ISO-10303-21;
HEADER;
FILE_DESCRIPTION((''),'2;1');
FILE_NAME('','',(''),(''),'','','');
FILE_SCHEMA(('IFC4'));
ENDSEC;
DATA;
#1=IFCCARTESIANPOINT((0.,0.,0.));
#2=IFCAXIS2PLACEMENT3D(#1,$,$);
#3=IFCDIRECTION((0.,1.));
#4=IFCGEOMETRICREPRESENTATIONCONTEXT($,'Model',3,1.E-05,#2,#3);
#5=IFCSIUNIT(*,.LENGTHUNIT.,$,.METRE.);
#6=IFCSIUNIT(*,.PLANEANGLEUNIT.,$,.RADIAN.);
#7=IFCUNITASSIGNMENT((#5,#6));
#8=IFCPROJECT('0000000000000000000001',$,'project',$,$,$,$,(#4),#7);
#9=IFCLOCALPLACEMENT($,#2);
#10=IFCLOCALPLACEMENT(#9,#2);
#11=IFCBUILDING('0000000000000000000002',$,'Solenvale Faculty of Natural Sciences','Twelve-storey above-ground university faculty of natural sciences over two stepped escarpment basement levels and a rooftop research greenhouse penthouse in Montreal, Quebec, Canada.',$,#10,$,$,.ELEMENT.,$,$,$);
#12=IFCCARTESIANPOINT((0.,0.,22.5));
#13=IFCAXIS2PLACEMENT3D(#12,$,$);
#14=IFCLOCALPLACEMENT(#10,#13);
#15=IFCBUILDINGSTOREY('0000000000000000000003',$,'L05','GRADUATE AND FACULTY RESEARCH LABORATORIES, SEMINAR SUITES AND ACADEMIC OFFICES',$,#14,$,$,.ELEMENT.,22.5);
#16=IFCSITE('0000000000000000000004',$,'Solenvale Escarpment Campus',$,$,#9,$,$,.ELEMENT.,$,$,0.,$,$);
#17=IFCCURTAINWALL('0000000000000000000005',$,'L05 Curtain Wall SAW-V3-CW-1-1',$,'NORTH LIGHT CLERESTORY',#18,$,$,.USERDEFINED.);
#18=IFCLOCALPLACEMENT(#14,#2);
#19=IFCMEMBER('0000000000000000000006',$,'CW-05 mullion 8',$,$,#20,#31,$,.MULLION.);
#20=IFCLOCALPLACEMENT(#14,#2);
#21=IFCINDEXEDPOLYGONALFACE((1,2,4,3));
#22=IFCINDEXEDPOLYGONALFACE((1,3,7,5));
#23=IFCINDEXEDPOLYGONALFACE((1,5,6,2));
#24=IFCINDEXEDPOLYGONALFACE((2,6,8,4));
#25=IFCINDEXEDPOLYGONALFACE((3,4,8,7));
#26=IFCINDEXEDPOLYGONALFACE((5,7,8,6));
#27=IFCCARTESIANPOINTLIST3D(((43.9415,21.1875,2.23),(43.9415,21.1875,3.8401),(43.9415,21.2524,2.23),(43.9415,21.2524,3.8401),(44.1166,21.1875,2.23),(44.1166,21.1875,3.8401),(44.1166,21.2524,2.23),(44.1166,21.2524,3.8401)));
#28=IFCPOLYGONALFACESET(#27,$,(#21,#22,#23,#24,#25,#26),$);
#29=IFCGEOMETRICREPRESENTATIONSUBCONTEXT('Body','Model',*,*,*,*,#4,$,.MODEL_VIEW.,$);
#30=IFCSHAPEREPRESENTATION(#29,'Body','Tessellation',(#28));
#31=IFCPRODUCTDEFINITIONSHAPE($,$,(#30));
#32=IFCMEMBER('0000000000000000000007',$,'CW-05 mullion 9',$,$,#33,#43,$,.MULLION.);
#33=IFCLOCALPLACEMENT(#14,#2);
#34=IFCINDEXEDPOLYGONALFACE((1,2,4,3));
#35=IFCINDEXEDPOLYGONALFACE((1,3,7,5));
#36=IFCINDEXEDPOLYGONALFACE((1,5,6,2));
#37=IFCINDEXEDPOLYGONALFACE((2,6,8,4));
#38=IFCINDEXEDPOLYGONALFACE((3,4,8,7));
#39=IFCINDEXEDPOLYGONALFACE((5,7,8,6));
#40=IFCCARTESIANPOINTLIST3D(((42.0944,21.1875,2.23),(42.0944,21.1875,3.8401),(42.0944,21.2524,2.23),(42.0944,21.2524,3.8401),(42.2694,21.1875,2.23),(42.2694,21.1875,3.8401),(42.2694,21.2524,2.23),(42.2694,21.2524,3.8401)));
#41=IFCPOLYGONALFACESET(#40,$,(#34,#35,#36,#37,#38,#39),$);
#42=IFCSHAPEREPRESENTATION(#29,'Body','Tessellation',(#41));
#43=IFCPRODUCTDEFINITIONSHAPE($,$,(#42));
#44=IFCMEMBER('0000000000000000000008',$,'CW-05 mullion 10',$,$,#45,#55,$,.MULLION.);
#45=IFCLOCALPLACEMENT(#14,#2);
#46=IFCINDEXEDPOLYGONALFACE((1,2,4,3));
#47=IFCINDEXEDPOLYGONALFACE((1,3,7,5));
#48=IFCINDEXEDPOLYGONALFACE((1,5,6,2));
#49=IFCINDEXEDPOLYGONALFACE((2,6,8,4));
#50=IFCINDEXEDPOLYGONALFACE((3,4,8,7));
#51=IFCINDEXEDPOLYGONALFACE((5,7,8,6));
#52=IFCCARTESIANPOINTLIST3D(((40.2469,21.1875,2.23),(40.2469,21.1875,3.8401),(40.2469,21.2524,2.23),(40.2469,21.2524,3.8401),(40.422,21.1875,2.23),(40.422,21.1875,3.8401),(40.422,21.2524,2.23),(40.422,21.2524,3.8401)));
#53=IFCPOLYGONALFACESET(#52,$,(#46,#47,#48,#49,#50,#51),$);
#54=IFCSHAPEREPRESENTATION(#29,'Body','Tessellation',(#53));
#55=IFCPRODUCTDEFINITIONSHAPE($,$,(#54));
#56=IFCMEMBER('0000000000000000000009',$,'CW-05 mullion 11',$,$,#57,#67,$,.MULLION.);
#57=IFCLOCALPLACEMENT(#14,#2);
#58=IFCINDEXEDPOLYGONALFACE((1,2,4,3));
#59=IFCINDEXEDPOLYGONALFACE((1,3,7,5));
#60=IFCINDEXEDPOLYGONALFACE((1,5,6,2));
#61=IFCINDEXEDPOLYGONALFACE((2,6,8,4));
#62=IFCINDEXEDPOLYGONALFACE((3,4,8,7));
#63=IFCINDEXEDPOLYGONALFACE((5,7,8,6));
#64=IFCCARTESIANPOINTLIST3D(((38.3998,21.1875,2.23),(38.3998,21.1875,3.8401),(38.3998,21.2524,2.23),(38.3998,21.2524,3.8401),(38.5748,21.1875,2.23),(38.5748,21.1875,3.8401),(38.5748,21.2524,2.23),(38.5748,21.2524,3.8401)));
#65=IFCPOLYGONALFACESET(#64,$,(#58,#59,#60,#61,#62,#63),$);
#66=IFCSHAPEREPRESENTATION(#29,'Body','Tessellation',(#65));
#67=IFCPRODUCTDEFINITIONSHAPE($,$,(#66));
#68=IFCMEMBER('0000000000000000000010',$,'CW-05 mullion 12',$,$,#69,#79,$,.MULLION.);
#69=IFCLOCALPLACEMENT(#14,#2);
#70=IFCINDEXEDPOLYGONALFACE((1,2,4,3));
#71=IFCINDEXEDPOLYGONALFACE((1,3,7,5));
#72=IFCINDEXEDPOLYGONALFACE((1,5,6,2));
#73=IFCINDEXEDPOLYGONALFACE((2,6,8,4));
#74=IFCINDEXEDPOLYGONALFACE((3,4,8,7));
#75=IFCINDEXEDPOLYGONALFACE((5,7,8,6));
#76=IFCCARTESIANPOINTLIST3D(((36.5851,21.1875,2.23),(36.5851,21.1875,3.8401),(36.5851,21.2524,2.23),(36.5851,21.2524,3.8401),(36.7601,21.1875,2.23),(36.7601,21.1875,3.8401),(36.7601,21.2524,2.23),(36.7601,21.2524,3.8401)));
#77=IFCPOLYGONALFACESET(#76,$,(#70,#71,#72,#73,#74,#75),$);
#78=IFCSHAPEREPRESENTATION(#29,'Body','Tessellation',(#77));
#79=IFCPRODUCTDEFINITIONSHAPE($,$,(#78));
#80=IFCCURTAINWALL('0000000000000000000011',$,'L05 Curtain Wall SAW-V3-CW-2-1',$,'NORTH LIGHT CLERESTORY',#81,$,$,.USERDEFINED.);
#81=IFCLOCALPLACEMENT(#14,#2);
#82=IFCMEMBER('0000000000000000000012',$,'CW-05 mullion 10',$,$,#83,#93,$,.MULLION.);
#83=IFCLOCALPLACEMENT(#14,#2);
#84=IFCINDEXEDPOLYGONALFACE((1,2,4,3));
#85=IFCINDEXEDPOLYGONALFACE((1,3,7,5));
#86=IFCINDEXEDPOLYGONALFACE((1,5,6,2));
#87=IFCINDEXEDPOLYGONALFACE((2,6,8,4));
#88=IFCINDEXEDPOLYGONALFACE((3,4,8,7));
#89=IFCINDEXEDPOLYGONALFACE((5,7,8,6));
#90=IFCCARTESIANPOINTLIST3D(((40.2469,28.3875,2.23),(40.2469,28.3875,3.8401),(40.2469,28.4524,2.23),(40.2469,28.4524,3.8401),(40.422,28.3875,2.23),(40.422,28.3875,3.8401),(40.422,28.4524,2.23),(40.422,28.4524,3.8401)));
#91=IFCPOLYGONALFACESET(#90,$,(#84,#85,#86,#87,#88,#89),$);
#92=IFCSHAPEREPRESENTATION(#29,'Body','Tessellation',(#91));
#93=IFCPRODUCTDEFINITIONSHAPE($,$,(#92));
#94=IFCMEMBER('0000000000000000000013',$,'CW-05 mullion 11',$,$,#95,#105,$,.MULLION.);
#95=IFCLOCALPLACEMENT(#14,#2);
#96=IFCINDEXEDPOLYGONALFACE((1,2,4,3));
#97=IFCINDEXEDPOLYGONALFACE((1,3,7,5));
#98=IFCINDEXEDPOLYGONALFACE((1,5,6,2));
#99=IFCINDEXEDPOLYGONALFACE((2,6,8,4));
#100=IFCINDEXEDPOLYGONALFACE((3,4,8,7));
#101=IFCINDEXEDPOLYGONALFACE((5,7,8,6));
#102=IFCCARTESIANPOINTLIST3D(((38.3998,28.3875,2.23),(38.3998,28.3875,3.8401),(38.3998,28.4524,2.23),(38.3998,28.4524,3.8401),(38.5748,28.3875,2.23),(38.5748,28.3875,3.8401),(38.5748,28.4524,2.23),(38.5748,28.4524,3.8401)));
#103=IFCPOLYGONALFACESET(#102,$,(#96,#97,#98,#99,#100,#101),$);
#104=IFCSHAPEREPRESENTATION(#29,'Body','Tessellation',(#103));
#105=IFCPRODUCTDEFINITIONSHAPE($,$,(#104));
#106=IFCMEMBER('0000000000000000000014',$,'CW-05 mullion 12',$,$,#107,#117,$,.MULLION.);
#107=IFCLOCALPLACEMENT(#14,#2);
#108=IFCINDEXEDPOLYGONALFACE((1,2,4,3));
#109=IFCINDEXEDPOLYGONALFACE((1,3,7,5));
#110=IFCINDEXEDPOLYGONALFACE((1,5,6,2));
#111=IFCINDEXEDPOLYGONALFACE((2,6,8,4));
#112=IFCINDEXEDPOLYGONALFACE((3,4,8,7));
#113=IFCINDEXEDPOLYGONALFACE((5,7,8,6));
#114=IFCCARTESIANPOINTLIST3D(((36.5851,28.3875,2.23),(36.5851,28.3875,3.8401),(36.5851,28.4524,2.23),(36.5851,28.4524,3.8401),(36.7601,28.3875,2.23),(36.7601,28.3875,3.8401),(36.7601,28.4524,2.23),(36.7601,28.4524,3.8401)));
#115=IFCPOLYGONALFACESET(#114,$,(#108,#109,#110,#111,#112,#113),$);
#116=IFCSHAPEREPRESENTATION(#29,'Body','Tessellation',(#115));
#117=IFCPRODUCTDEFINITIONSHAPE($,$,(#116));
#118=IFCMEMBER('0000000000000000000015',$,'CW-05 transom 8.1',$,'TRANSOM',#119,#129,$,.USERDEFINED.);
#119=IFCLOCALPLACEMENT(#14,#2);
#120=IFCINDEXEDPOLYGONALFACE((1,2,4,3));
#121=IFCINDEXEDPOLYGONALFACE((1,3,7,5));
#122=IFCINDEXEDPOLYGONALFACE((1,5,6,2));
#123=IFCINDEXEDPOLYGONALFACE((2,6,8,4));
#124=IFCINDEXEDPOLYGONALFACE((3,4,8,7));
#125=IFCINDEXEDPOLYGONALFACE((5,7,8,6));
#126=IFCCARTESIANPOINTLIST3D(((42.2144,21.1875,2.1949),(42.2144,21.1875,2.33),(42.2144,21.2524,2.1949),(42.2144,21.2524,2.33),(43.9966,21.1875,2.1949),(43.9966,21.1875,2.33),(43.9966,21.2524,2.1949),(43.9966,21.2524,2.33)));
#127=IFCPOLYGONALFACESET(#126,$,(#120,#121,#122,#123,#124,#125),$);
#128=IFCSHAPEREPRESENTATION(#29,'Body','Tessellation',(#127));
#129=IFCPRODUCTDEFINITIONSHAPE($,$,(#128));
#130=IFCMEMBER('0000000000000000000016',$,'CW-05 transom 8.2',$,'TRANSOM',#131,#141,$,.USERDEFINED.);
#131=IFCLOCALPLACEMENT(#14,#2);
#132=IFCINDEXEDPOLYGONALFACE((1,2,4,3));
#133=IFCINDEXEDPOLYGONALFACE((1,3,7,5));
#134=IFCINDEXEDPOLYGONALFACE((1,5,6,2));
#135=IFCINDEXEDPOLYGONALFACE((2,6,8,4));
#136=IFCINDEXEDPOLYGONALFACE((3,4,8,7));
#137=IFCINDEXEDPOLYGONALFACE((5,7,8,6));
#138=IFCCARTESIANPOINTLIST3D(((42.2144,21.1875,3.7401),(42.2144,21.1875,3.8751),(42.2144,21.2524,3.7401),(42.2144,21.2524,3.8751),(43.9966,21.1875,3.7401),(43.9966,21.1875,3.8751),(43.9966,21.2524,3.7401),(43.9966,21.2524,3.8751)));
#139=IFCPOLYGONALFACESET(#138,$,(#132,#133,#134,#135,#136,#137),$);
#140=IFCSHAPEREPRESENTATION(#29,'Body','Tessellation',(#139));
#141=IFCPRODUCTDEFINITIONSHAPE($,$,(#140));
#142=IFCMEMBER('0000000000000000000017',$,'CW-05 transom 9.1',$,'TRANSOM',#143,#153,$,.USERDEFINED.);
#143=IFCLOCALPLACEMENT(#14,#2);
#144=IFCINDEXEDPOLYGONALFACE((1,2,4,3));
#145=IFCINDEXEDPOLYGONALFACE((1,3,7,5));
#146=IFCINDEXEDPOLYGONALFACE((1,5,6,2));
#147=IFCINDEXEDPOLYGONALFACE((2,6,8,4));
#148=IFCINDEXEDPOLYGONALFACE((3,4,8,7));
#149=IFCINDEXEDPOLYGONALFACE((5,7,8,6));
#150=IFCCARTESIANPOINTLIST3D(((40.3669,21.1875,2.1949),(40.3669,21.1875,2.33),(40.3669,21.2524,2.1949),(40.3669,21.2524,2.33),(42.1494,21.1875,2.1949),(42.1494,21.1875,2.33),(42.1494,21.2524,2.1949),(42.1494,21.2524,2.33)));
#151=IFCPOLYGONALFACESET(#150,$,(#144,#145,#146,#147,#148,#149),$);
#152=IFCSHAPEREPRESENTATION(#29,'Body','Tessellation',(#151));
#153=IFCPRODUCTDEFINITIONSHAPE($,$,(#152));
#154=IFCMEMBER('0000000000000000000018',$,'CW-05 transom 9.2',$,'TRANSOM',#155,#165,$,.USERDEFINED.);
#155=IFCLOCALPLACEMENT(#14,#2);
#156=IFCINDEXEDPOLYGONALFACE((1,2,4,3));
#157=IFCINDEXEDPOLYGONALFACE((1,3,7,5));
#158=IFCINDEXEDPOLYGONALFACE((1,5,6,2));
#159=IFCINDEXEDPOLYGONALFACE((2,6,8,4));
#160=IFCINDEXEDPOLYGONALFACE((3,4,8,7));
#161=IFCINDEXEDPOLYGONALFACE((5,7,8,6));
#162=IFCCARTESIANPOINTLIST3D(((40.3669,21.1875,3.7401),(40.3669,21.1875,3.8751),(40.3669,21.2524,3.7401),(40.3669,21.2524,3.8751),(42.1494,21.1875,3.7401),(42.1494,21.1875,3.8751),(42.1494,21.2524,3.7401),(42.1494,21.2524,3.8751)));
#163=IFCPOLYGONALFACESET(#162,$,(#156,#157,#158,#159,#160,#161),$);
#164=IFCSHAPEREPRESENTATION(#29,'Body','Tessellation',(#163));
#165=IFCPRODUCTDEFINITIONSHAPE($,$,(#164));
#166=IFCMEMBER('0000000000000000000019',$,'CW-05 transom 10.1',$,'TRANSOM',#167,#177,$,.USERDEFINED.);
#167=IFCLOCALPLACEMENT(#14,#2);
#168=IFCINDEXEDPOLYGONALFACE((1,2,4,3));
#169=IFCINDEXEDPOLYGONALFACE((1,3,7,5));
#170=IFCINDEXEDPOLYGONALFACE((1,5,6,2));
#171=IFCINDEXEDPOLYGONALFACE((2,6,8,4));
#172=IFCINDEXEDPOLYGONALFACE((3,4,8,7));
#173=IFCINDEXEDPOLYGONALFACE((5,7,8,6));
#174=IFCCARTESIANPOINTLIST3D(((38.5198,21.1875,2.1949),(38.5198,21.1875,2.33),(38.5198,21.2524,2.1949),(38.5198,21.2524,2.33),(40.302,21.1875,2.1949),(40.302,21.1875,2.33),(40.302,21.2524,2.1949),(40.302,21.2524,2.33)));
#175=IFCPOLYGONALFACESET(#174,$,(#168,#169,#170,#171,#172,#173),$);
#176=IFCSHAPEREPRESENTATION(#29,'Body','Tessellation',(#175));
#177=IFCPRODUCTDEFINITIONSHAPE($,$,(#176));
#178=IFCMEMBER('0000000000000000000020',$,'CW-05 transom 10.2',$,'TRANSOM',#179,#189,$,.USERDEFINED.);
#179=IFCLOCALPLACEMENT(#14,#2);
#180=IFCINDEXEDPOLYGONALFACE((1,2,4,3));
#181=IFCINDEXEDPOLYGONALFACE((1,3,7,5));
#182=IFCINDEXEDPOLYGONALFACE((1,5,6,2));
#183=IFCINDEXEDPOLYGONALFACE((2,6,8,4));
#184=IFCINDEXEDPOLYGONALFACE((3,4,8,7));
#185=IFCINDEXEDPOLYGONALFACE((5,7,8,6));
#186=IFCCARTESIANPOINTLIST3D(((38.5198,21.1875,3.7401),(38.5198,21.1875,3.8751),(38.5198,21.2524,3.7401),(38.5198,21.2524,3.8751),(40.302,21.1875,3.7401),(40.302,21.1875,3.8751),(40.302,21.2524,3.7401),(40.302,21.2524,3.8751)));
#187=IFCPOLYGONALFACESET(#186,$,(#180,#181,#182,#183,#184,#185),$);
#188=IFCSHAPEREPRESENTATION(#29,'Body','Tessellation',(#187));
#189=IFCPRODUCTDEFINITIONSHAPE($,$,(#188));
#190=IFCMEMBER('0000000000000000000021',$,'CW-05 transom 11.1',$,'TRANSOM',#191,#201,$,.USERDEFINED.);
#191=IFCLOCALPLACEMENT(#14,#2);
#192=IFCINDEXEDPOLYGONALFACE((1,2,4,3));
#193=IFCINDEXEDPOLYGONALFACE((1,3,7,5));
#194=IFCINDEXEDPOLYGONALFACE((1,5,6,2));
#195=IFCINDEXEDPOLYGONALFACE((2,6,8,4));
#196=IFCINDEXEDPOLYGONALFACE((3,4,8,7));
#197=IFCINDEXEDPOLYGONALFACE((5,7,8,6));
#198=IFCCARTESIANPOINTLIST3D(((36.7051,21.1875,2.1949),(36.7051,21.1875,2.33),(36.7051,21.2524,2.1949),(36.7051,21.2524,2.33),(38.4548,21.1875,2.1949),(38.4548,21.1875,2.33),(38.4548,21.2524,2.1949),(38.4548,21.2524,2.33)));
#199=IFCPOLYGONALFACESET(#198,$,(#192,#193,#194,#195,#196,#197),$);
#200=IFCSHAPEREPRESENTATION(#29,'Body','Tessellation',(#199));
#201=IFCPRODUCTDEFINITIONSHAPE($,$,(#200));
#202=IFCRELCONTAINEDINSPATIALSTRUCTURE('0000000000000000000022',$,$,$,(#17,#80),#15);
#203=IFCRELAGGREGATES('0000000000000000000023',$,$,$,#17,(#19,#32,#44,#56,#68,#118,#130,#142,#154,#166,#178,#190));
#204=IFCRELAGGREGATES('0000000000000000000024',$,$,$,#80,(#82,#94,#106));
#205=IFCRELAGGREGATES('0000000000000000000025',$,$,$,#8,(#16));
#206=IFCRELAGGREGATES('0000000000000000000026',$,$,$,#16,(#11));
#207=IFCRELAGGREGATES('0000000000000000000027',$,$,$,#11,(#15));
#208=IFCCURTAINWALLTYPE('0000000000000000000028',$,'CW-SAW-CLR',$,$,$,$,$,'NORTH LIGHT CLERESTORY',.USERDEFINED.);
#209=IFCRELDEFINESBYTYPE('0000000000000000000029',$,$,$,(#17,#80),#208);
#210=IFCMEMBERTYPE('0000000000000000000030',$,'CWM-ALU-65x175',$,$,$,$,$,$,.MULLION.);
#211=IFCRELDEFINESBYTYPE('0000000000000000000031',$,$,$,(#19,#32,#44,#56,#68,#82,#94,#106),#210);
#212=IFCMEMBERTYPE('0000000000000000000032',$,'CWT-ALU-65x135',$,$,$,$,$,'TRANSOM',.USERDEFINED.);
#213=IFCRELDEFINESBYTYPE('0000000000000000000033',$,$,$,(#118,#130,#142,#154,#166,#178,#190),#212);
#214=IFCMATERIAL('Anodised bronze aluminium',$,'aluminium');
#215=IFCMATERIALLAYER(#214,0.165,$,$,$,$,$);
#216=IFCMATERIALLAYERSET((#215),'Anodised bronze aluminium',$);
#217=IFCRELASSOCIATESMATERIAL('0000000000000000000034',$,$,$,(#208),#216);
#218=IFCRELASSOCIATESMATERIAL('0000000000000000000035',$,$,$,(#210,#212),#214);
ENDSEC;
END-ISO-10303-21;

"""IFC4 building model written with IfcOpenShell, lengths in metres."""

from ifc_helpers import new_model, si_unit, direction, frame, origin, origin_2d, place, context, subcontext, project, spatial, rectangle, extrude, material, layer, layer_set, material_profile, profile_set, type_object, element, aggregate, save


model = new_model("IFC4")

# Units and contexts
model_context = context("Model", 3, precision=1e-05, world=origin(), true_north=direction((0.0, 1.0)))
body_context = subcontext(model_context, "Body", "Model", "MODEL_VIEW")
ifc_project = project(units=[si_unit("LENGTHUNIT", "METRE"), si_unit("PLANEANGLEUNIT", "RADIAN")], contexts=[model_context])

# Site, building, storey
site_placement = place(None, origin())
site = spatial("IfcSite", under=ifc_project, at=site_placement, Name="Solenvale Escarpment Campus", CompositionType="ELEMENT", RefElevation=0.0)
building_placement = place(site_placement, origin())
building = spatial("IfcBuilding", under=site, at=building_placement, Name="Solenvale Faculty of Natural Sciences", Description="Twelve-storey above-ground university faculty of natural sciences over two stepped escarpment basement levels and a rooftop research greenhouse penthouse in Montreal, Quebec, Canada.", CompositionType="ELEMENT")
storey_placement = place(building_placement, frame((0.0, 0.0, 22.5)))
storey = spatial("IfcBuildingStorey", under=building, at=storey_placement, Name="L05", Description="GRADUATE AND FACULTY RESEARCH LABORATORIES, SEMINAR SUITES AND ACADEMIC OFFICES", CompositionType="ELEMENT", Elevation=22.5)

# Curtain walls, members
ifc_material_1 = material(Name="Anodised bronze aluminium", Category="aluminium")
ifc_layer_1 = layer(ifc_material_1, 0.165)
ifc_layer_set_1 = layer_set([ifc_layer_1], Name="Anodised bronze aluminium")
curtain_wall_type = type_object("IfcCurtainWallType", Name="CW-SAW-CLR", ElementType="NORTH LIGHT CLERESTORY", PredefinedType="USERDEFINED", material=ifc_layer_set_1)
curtain_wall_1_placement = place(storey_placement, origin())
curtain_wall_1 = element("IfcCurtainWall", 1, at=curtain_wall_1_placement, inside=storey, type_object=curtain_wall_type, Name="L05 Curtain Wall SAW-V3-CW-1-1", ObjectType="NORTH LIGHT CLERESTORY", PredefinedType="USERDEFINED")
ifc_material_profile_1 = material_profile(ifc_material_1, rectangle(XDim=0.0649, YDim=0.175, at=origin_2d()), Name="ALU-MUL-65x175")
ifc_profile_set_1 = profile_set([ifc_material_profile_1], Name="Anodised bronze aluminium")
member_type_1 = type_object("IfcMemberType", Name="CWM-ALU-65x175", PredefinedType="MULLION", material=ifc_profile_set_1)
member_1_placement = place(storey_placement, frame((44.0291, 21.22, 2.23), z_axis=(0.0, 0.0, 1.0), x_axis=(0.0, -1.0, 0.0)))
member_1 = element("IfcMember", 2, at=member_1_placement, type_object=member_type_1, Name="CW-05 mullion 8", PredefinedType="MULLION", context=body_context, shape_type="SweptSolid", body=[
    extrude(rectangle(XDim=0.0649, YDim=0.175, at=origin_2d()), origin(), (0.0, 0.0, 1.0), 1.6101),
])
member_2_placement = place(storey_placement, frame((42.1819, 21.22, 2.23), z_axis=(0.0, 0.0, 1.0), x_axis=(0.0, -1.0, 0.0)))
member_2 = element("IfcMember", 3, at=member_2_placement, type_object=member_type_1, Name="CW-05 mullion 9", PredefinedType="MULLION", context=body_context, shape_type="SweptSolid", body=[
    extrude(rectangle(XDim=0.0649, YDim=0.175, at=origin_2d()), origin(), (0.0, 0.0, 1.0), 1.6101),
])
member_3_placement = place(storey_placement, frame((40.3345, 21.22, 2.23), z_axis=(0.0, 0.0, 1.0), x_axis=(0.0, -1.0, 0.0)))
member_3 = element("IfcMember", 4, at=member_3_placement, type_object=member_type_1, Name="CW-05 mullion 10", PredefinedType="MULLION", context=body_context, shape_type="SweptSolid", body=[
    extrude(rectangle(XDim=0.0649, YDim=0.175, at=origin_2d()), origin(), (0.0, 0.0, 1.0), 1.6101),
])
member_4_placement = place(storey_placement, frame((38.4873, 21.22, 2.23), z_axis=(0.0, 0.0, 1.0), x_axis=(0.0, -1.0, 0.0)))
member_4 = element("IfcMember", 5, at=member_4_placement, type_object=member_type_1, Name="CW-05 mullion 11", PredefinedType="MULLION", context=body_context, shape_type="SweptSolid", body=[
    extrude(rectangle(XDim=0.0649, YDim=0.175, at=origin_2d()), origin(), (0.0, 0.0, 1.0), 1.6101),
])
member_5_placement = place(storey_placement, frame((36.6726, 21.22, 2.23), z_axis=(0.0, 0.0, 1.0), x_axis=(0.0, -1.0, 0.0)))
member_5 = element("IfcMember", 6, at=member_5_placement, type_object=member_type_1, Name="CW-05 mullion 12", PredefinedType="MULLION", context=body_context, shape_type="SweptSolid", body=[
    extrude(rectangle(XDim=0.0649, YDim=0.175, at=origin_2d()), origin(), (0.0, 0.0, 1.0), 1.6101),
])
curtain_wall_2_placement = place(storey_placement, origin())
curtain_wall_2 = element("IfcCurtainWall", 7, at=curtain_wall_2_placement, inside=storey, type_object=curtain_wall_type, Name="L05 Curtain Wall SAW-V3-CW-2-1", ObjectType="NORTH LIGHT CLERESTORY", PredefinedType="USERDEFINED")
member_6_placement = place(storey_placement, frame((40.3345, 28.4199, 2.23), z_axis=(0.0, 0.0, 1.0), x_axis=(0.0, -1.0, 0.0)))
member_6 = element("IfcMember", 8, at=member_6_placement, type_object=member_type_1, Name="CW-05 mullion 10", PredefinedType="MULLION", context=body_context, shape_type="SweptSolid", body=[
    extrude(rectangle(XDim=0.0649, YDim=0.175, at=origin_2d()), origin(), (0.0, 0.0, 1.0), 1.6101),
])
member_7_placement = place(storey_placement, frame((38.4873, 28.4199, 2.23), z_axis=(0.0, 0.0, 1.0), x_axis=(0.0, -1.0, 0.0)))
member_7 = element("IfcMember", 9, at=member_7_placement, type_object=member_type_1, Name="CW-05 mullion 11", PredefinedType="MULLION", context=body_context, shape_type="SweptSolid", body=[
    extrude(rectangle(XDim=0.0649, YDim=0.175, at=origin_2d()), origin(), (0.0, 0.0, 1.0), 1.6101),
])
member_8_placement = place(storey_placement, frame((36.6726, 28.4199, 2.23), z_axis=(0.0, 0.0, 1.0), x_axis=(0.0, -1.0, 0.0)))
member_8 = element("IfcMember", 10, at=member_8_placement, type_object=member_type_1, Name="CW-05 mullion 12", PredefinedType="MULLION", context=body_context, shape_type="SweptSolid", body=[
    extrude(rectangle(XDim=0.0649, YDim=0.175, at=origin_2d()), origin(), (0.0, 0.0, 1.0), 1.6101),
])

# Members
ifc_material_profile_2 = material_profile(ifc_material_1, rectangle(XDim=0.0649, YDim=0.135, at=origin_2d()), Name="ALU-TRN-65x135")
ifc_profile_set_2 = profile_set([ifc_material_profile_2], Name="Anodised bronze aluminium")
member_type_2 = type_object("IfcMemberType", Name="CWT-ALU-65x135", ElementType="TRANSOM", PredefinedType="USERDEFINED", material=ifc_profile_set_2)
member_9_placement = place(storey_placement, frame((43.9966, 21.22, 2.2625), z_axis=(-1.0, 0.0, 0.0), x_axis=(0.0, -1.0, 0.0)))
member_9 = element("IfcMember", 11, at=member_9_placement, type_object=member_type_2, Name="CW-05 transom 8.1", ObjectType="TRANSOM", PredefinedType="USERDEFINED", context=body_context, shape_type="SweptSolid", body=[
    extrude(rectangle(XDim=0.0649, YDim=0.135, at=origin_2d()), origin(), (0.0, 0.0, 1.0), 1.7822),
])
member_10_placement = place(storey_placement, frame((43.9966, 21.22, 3.8076), z_axis=(-1.0, 0.0, 0.0), x_axis=(0.0, -1.0, 0.0)))
member_10 = element("IfcMember", 12, at=member_10_placement, type_object=member_type_2, Name="CW-05 transom 8.2", ObjectType="TRANSOM", PredefinedType="USERDEFINED", context=body_context, shape_type="SweptSolid", body=[
    extrude(rectangle(XDim=0.0649, YDim=0.135, at=origin_2d()), origin(), (0.0, 0.0, 1.0), 1.7822),
])
member_11_placement = place(storey_placement, frame((42.1494, 21.22, 2.2625), z_axis=(-1.0, 0.0, 0.0), x_axis=(0.0, -1.0, 0.0)))
member_11 = element("IfcMember", 13, at=member_11_placement, type_object=member_type_2, Name="CW-05 transom 9.1", ObjectType="TRANSOM", PredefinedType="USERDEFINED", context=body_context, shape_type="SweptSolid", body=[
    extrude(rectangle(XDim=0.0649, YDim=0.135, at=origin_2d()), origin(), (0.0, 0.0, 1.0), 1.7825),
])
member_12_placement = place(storey_placement, frame((42.1494, 21.22, 3.8076), z_axis=(-1.0, 0.0, 0.0), x_axis=(0.0, -1.0, 0.0)))
member_12 = element("IfcMember", 14, at=member_12_placement, type_object=member_type_2, Name="CW-05 transom 9.2", ObjectType="TRANSOM", PredefinedType="USERDEFINED", context=body_context, shape_type="SweptSolid", body=[
    extrude(rectangle(XDim=0.0649, YDim=0.135, at=origin_2d()), origin(), (0.0, 0.0, 1.0), 1.7825),
])
member_13_placement = place(storey_placement, frame((40.302, 21.22, 2.2625), z_axis=(-1.0, 0.0, 0.0), x_axis=(0.0, -1.0, 0.0)))
member_13 = element("IfcMember", 15, at=member_13_placement, type_object=member_type_2, Name="CW-05 transom 10.1", ObjectType="TRANSOM", PredefinedType="USERDEFINED", context=body_context, shape_type="SweptSolid", body=[
    extrude(rectangle(XDim=0.0649, YDim=0.135, at=origin_2d()), origin(), (0.0, 0.0, 1.0), 1.7822),
])
member_14_placement = place(storey_placement, frame((40.302, 21.22, 3.8076), z_axis=(-1.0, 0.0, 0.0), x_axis=(0.0, -1.0, 0.0)))
member_14 = element("IfcMember", 16, at=member_14_placement, type_object=member_type_2, Name="CW-05 transom 10.2", ObjectType="TRANSOM", PredefinedType="USERDEFINED", context=body_context, shape_type="SweptSolid", body=[
    extrude(rectangle(XDim=0.0649, YDim=0.135, at=origin_2d()), origin(), (0.0, 0.0, 1.0), 1.7822),
])
member_15_placement = place(storey_placement, frame((38.4548, 21.22, 2.2625), z_axis=(-1.0, 0.0, 0.0), x_axis=(0.0, -1.0, 0.0)))
member_15 = element("IfcMember", 17, at=member_15_placement, type_object=member_type_2, Name="CW-05 transom 11.1", ObjectType="TRANSOM", PredefinedType="USERDEFINED", context=body_context, shape_type="SweptSolid", body=[
    extrude(rectangle(XDim=0.0649, YDim=0.135, at=origin_2d()), origin(), (0.0, 0.0, 1.0), 1.7498),
])

aggregate(curtain_wall_1, [member_1, member_2, member_3, member_4, member_5, member_9, member_10, member_11, member_12, member_13, member_14, member_15])
aggregate(curtain_wall_2, [member_6, member_7, member_8])

save(model, "model.ifc")
